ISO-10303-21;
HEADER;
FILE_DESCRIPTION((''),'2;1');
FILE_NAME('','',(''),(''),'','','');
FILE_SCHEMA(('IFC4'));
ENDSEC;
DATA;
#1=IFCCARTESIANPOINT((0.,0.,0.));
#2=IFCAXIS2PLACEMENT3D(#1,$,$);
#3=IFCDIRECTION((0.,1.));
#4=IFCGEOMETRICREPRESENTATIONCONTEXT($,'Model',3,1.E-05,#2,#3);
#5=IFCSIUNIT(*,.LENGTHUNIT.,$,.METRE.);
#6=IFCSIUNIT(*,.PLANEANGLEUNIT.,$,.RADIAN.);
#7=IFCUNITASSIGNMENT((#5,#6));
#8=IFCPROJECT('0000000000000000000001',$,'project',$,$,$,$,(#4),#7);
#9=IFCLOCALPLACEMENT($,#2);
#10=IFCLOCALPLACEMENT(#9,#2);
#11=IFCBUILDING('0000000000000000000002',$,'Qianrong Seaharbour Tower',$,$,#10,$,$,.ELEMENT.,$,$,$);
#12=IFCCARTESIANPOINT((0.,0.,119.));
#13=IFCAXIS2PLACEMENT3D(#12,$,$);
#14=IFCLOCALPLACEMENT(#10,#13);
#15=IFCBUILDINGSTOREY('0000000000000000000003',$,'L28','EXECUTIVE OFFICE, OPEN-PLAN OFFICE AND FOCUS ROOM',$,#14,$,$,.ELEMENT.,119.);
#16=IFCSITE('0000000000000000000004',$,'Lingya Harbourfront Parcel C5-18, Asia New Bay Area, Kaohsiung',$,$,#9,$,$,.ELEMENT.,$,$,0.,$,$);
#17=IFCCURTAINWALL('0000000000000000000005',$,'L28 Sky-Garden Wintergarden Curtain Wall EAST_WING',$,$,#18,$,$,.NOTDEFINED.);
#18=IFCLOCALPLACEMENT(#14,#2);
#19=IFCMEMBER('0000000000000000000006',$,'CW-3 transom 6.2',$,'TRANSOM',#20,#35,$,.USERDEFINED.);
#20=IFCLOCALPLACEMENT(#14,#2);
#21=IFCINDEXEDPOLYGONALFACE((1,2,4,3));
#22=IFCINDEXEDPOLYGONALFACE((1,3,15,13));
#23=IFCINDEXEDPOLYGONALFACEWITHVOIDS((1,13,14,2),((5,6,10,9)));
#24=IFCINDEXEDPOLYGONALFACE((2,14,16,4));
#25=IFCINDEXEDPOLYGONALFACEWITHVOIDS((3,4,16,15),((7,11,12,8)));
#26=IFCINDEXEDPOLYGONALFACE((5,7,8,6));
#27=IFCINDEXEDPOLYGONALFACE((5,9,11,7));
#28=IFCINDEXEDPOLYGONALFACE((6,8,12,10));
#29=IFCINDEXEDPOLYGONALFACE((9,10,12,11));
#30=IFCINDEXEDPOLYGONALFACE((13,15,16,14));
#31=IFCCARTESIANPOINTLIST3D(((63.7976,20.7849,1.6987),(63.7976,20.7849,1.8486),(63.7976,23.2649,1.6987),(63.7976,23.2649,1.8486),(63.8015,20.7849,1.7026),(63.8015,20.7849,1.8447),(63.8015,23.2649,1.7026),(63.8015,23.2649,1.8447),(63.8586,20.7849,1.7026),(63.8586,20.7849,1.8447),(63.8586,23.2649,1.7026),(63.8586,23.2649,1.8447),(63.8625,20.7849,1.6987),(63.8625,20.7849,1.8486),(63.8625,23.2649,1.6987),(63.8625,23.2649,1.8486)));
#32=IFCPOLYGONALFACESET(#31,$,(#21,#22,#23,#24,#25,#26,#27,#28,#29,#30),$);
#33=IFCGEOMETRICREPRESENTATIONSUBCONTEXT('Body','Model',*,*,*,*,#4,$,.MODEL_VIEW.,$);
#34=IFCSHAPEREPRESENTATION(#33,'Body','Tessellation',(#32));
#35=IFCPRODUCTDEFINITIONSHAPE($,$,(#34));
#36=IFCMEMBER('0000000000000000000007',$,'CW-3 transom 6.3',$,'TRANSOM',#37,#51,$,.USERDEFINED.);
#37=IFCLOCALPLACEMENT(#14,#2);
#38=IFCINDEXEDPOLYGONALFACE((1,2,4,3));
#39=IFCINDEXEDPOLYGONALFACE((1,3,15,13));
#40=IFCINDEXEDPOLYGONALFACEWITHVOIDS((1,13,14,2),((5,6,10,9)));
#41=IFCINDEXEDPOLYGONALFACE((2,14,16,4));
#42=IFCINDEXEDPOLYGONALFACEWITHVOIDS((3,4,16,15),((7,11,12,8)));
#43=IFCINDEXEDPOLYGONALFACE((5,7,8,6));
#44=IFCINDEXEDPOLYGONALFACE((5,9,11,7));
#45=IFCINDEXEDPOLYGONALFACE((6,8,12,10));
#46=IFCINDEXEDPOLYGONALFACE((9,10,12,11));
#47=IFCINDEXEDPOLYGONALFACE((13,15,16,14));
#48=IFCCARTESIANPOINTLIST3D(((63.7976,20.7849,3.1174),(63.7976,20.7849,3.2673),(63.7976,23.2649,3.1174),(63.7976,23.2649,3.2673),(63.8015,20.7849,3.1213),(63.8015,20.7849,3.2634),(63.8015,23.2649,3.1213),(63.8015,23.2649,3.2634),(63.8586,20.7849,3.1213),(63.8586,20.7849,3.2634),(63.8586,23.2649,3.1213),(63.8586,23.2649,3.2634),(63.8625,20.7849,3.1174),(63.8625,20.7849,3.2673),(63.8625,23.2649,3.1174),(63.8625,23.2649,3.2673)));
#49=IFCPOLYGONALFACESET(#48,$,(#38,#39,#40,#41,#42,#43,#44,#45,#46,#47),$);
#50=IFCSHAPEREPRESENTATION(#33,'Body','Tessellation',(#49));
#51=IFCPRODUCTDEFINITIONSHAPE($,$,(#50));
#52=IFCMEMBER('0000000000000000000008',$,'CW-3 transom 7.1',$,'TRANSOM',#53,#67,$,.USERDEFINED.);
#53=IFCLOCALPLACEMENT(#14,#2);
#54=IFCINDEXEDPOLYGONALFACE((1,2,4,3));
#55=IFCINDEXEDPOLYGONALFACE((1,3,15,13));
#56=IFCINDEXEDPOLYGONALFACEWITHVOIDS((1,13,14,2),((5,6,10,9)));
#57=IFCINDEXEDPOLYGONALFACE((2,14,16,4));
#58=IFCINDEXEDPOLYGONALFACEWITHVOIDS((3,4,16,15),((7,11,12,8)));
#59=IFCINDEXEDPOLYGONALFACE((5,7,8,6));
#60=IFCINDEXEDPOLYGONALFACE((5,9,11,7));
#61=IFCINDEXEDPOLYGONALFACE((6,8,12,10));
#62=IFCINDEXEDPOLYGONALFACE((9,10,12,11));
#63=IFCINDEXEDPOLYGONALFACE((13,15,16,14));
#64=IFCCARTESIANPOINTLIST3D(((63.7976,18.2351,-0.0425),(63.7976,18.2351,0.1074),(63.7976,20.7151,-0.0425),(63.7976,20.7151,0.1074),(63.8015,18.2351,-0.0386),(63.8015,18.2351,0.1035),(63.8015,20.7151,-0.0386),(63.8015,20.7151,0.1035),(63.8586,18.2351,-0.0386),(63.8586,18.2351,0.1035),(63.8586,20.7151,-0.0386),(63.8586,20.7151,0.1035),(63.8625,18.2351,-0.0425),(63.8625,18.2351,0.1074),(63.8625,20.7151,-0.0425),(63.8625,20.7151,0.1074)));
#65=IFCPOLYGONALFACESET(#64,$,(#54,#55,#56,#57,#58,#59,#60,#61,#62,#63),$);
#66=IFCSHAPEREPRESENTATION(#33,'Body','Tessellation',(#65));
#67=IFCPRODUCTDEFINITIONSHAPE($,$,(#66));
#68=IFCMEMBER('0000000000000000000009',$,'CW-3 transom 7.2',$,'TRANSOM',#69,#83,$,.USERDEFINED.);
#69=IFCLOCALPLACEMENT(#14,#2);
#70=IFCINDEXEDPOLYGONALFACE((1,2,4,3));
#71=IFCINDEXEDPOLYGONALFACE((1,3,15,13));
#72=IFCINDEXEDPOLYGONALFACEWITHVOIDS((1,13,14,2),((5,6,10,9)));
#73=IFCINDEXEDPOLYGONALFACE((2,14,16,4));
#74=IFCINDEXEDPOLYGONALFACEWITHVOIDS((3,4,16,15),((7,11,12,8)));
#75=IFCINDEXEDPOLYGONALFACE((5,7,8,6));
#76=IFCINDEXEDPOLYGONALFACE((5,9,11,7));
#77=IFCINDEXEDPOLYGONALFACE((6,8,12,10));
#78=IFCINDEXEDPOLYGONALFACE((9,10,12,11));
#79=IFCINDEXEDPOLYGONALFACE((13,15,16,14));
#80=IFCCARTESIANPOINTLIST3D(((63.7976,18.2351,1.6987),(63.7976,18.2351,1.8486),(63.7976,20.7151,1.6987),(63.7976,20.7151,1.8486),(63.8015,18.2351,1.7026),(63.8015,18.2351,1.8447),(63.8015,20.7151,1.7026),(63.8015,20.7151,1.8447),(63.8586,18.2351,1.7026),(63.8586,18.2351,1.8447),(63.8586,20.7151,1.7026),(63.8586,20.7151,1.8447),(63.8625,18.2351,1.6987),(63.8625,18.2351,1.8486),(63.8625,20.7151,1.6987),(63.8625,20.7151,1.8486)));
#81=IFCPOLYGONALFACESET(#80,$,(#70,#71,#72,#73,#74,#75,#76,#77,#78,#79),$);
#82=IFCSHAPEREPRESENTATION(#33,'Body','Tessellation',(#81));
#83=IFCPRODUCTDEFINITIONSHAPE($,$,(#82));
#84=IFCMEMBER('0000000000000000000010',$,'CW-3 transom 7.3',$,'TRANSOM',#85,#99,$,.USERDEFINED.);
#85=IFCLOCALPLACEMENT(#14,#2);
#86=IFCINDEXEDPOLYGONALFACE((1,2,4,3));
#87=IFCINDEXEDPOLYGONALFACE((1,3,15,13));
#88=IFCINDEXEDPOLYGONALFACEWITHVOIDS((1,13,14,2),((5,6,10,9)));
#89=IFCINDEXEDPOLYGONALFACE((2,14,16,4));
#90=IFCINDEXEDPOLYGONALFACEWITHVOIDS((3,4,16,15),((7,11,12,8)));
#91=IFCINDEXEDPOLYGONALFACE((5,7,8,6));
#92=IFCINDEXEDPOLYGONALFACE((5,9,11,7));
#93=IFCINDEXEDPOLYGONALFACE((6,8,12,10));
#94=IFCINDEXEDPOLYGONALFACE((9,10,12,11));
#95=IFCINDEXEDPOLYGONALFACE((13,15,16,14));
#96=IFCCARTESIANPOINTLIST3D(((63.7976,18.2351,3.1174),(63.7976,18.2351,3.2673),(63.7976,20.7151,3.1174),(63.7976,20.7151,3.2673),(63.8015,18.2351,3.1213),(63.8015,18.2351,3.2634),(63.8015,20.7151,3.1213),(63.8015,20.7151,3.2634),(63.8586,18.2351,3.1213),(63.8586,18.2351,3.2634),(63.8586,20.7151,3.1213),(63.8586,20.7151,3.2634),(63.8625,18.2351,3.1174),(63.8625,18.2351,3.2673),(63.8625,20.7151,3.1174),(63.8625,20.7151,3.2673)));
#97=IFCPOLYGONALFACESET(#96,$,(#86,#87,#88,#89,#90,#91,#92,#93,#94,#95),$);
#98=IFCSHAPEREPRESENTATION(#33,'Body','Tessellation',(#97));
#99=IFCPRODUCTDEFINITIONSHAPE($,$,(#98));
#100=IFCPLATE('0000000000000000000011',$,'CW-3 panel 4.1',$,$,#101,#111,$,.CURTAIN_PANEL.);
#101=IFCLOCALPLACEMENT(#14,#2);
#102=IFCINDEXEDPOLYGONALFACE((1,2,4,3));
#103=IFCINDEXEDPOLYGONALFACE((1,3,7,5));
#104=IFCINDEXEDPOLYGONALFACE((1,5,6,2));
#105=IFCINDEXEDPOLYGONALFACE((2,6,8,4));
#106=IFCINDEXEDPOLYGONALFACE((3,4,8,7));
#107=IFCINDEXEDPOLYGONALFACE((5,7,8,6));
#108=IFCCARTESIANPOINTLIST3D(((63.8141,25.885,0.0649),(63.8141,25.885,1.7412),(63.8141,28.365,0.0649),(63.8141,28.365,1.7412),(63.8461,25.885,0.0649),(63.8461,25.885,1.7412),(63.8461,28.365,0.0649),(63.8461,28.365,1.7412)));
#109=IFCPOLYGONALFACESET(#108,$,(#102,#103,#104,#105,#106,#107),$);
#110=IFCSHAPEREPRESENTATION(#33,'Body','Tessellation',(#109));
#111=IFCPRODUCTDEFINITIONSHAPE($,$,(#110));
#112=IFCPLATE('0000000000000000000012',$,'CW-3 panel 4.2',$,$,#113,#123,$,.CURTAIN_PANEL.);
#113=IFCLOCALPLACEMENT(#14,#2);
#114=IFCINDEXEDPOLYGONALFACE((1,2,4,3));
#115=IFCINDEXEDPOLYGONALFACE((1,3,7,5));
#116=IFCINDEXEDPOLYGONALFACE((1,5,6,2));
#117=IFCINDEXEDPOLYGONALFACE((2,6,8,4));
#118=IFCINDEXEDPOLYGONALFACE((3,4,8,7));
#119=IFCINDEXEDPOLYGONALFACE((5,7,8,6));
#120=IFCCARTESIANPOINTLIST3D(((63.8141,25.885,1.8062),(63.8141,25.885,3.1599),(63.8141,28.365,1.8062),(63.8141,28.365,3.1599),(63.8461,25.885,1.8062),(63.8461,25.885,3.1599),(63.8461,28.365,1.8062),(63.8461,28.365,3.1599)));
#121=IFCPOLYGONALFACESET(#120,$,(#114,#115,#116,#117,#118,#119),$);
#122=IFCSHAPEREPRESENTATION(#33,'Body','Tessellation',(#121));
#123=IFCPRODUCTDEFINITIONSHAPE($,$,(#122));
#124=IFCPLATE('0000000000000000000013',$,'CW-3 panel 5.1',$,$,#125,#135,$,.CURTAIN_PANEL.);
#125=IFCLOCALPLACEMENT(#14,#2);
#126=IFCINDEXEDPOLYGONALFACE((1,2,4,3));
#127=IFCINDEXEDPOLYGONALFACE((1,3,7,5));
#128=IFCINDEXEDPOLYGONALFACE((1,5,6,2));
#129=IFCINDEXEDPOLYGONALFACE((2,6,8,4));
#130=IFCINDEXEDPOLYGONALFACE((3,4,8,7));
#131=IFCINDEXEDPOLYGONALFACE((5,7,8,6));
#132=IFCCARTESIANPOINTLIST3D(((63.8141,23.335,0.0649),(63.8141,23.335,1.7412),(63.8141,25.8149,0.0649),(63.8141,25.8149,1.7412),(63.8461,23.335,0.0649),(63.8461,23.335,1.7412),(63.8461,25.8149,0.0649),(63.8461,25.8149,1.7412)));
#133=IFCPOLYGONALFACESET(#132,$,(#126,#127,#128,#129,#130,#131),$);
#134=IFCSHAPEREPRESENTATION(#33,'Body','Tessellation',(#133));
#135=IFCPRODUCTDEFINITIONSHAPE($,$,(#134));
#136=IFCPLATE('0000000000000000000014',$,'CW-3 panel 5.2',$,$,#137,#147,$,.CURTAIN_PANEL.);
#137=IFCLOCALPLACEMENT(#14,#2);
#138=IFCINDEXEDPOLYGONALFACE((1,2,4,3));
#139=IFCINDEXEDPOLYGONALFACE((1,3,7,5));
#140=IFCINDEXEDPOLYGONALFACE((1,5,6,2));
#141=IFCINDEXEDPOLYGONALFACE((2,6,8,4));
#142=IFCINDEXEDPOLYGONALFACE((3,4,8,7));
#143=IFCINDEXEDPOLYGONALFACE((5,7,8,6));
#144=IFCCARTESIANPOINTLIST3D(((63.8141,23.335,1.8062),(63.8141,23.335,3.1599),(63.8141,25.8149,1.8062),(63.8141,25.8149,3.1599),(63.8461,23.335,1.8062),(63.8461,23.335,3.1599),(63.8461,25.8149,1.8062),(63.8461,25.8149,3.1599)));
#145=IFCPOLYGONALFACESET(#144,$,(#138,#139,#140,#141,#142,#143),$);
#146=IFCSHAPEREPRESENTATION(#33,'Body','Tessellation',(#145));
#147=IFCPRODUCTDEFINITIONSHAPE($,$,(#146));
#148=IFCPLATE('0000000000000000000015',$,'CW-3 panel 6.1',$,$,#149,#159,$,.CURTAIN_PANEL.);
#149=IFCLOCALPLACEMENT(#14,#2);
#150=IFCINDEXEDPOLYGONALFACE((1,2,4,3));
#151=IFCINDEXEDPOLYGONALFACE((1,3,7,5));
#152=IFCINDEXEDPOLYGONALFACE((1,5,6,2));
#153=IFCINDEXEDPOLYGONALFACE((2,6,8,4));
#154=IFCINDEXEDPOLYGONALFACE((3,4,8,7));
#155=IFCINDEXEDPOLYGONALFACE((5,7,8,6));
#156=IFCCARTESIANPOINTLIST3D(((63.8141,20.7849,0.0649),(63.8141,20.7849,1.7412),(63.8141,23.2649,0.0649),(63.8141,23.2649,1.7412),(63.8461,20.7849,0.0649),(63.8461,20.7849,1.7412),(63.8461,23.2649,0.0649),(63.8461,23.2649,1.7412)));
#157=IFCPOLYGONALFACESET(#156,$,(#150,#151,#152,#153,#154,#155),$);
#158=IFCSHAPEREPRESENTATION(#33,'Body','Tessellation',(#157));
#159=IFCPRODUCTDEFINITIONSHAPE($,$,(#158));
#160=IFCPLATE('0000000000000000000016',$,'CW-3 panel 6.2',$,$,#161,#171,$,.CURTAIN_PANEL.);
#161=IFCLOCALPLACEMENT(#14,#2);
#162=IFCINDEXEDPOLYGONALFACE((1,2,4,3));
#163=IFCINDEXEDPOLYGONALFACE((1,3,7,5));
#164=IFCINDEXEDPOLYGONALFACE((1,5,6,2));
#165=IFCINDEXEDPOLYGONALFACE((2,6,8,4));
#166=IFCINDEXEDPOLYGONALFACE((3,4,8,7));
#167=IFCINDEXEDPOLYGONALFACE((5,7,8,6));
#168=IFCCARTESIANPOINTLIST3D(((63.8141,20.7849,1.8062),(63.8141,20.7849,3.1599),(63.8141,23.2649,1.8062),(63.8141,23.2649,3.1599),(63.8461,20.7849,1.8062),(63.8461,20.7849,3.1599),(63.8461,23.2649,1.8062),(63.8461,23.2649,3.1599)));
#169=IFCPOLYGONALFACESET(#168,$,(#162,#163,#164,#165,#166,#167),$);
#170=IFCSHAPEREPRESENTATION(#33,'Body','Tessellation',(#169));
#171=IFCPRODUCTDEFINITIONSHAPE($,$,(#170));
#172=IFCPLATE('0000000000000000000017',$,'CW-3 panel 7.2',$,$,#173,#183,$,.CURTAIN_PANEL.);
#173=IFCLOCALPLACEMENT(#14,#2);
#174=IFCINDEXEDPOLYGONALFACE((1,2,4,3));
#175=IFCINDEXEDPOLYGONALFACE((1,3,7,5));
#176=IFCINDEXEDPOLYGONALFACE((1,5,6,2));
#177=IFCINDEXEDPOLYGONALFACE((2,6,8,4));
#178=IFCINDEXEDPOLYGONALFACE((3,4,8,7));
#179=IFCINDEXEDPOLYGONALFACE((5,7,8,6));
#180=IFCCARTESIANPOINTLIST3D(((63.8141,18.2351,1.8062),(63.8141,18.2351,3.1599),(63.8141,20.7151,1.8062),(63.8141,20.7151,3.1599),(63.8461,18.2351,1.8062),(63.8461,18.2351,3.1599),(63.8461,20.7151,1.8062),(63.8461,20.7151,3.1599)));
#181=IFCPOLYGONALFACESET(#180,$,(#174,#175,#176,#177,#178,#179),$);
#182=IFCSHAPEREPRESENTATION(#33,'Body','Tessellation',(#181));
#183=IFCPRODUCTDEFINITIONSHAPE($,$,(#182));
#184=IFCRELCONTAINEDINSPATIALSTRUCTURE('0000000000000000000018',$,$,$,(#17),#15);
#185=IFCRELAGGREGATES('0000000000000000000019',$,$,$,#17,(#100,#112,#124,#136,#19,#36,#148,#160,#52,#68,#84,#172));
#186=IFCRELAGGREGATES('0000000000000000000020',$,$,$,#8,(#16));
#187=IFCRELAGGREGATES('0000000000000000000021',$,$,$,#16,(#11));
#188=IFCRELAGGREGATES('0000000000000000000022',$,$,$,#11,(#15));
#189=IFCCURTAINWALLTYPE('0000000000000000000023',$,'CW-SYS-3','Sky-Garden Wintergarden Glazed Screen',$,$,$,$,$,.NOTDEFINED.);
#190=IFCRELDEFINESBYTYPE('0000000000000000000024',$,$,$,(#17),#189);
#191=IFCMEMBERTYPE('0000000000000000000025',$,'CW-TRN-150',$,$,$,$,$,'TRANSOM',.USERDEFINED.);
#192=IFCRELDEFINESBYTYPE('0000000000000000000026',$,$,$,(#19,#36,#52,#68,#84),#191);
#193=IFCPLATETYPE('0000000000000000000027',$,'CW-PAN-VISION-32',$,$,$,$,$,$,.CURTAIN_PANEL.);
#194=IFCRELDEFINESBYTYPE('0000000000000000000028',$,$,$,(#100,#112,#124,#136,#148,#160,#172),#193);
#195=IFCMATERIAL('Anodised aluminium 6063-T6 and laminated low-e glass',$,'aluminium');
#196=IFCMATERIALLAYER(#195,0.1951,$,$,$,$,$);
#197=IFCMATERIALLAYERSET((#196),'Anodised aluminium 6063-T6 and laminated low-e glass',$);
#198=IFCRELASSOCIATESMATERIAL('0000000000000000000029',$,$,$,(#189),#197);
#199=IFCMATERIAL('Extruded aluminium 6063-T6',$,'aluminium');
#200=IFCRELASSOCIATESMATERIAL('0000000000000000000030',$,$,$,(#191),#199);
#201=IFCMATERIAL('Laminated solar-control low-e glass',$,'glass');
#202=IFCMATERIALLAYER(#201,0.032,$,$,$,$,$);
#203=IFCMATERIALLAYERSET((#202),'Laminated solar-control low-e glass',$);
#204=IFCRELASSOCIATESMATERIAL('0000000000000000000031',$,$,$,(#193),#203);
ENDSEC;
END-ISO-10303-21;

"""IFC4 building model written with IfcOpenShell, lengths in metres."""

from ifc_helpers import new_model, si_unit, direction, frame, origin, origin_2d, place, context, subcontext, project, spatial, rectangle, hollow_rectangle, extrude, material, layer, layer_set, material_profile, profile_set, type_object, element, aggregate, save


model = new_model("IFC4")

# Units and contexts
model_context = context("Model", 3, precision=1e-05, world=origin(), true_north=direction((0.0, 1.0)))
body_context = subcontext(model_context, "Body", "Model", "MODEL_VIEW")
ifc_project = project(units=[si_unit("LENGTHUNIT", "METRE"), si_unit("PLANEANGLEUNIT", "RADIAN")], contexts=[model_context])

# Site, building, storey
site_placement = place(None, origin())
site = spatial("IfcSite", under=ifc_project, at=site_placement, Name="Lingya Harbourfront Parcel C5-18, Asia New Bay Area, Kaohsiung", CompositionType="ELEMENT", RefElevation=0.0)
building_placement = place(site_placement, origin())
building = spatial("IfcBuilding", under=site, at=building_placement, Name="Qianrong Seaharbour Tower", CompositionType="ELEMENT")
storey_placement = place(building_placement, frame((0.0, 0.0, 119.0)))
storey = spatial("IfcBuildingStorey", under=building, at=storey_placement, Name="L28", Description="EXECUTIVE OFFICE, OPEN-PLAN OFFICE AND FOCUS ROOM", CompositionType="ELEMENT", Elevation=119.0)

# Curtain wall, members, plates
ifc_material_1 = material(Name="Anodised aluminium 6063-T6 and laminated low-e glass", Category="aluminium")
ifc_layer_1 = layer(ifc_material_1, 0.1951)
ifc_layer_set_1 = layer_set([ifc_layer_1], Name="Anodised aluminium 6063-T6 and laminated low-e glass")
curtain_wall_type = type_object("IfcCurtainWallType", Name="CW-SYS-3", Description="Sky-Garden Wintergarden Glazed Screen", PredefinedType="NOTDEFINED", material=ifc_layer_set_1)
curtain_wall_placement = place(storey_placement, origin())
curtain_wall = element("IfcCurtainWall", 1, at=curtain_wall_placement, inside=storey, type_object=curtain_wall_type, Name="L28 Sky-Garden Wintergarden Curtain Wall EAST_WING", PredefinedType="NOTDEFINED")
ifc_material_2 = material(Name="Extruded aluminium 6063-T6", Category="aluminium")
ifc_material_profile_1 = material_profile(ifc_material_2, hollow_rectangle(XDim=0.0649, YDim=0.1499, WallThickness=0.0039, at=origin_2d()), Name="ALU-TRN-150x65x4")
ifc_profile_set_1 = profile_set([ifc_material_profile_1], Name="Extruded aluminium 6063-T6")
member_type_1 = type_object("IfcMemberType", Name="CW-TRN-150", ElementType="TRANSOM", PredefinedType="USERDEFINED", material=ifc_profile_set_1)
member_1_placement = place(storey_placement, frame((63.8301, 23.2649, 1.7737), z_axis=(0.0, -1.0, 0.0), x_axis=(1.0, 0.0, 0.0)))
member_1 = element("IfcMember", 2, at=member_1_placement, type_object=member_type_1, Name="CW-3 transom 6.2", ObjectType="TRANSOM", PredefinedType="USERDEFINED", context=body_context, shape_type="SweptSolid", body=[
    extrude(hollow_rectangle(XDim=0.0649, YDim=0.1499, WallThickness=0.0039, at=origin_2d()), origin(), (0.0, 0.0, 1.0), 2.48),
])
member_2_placement = place(storey_placement, frame((63.8301, 23.2649, 3.1924), z_axis=(0.0, -1.0, 0.0), x_axis=(1.0, 0.0, 0.0)))
member_2 = element("IfcMember", 3, at=member_2_placement, type_object=member_type_1, Name="CW-3 transom 6.3", ObjectType="TRANSOM", PredefinedType="USERDEFINED", context=body_context, shape_type="SweptSolid", body=[
    extrude(hollow_rectangle(XDim=0.0649, YDim=0.1499, WallThickness=0.0039, at=origin_2d()), origin(), (0.0, 0.0, 1.0), 2.48),
])
member_3_placement = place(storey_placement, frame((63.8301, 20.7151, 0.0325), z_axis=(0.0, -1.0, 0.0), x_axis=(1.0, 0.0, 0.0)))
member_3 = element("IfcMember", 4, at=member_3_placement, type_object=member_type_1, Name="CW-3 transom 7.1", ObjectType="TRANSOM", PredefinedType="USERDEFINED", context=body_context, shape_type="SweptSolid", body=[
    extrude(hollow_rectangle(XDim=0.0649, YDim=0.1499, WallThickness=0.0039, at=origin_2d()), origin(), (0.0, 0.0, 1.0), 2.48),
])
member_4_placement = place(storey_placement, frame((63.8301, 20.7151, 1.7737), z_axis=(0.0, -1.0, 0.0), x_axis=(1.0, 0.0, 0.0)))
member_4 = element("IfcMember", 5, at=member_4_placement, type_object=member_type_1, Name="CW-3 transom 7.2", ObjectType="TRANSOM", PredefinedType="USERDEFINED", context=body_context, shape_type="SweptSolid", body=[
    extrude(hollow_rectangle(XDim=0.0649, YDim=0.1499, WallThickness=0.0039, at=origin_2d()), origin(), (0.0, 0.0, 1.0), 2.48),
])
member_5_placement = place(storey_placement, frame((63.8301, 20.7151, 3.1924), z_axis=(0.0, -1.0, 0.0), x_axis=(1.0, 0.0, 0.0)))
member_5 = element("IfcMember", 6, at=member_5_placement, type_object=member_type_1, Name="CW-3 transom 7.3", ObjectType="TRANSOM", PredefinedType="USERDEFINED", context=body_context, shape_type="SweptSolid", body=[
    extrude(hollow_rectangle(XDim=0.0649, YDim=0.1499, WallThickness=0.0039, at=origin_2d()), origin(), (0.0, 0.0, 1.0), 2.48),
])
ifc_material_3 = material(Name="Laminated solar-control low-e glass", Category="glass")
ifc_layer_2 = layer(ifc_material_3, 0.032)
ifc_layer_set_2 = layer_set([ifc_layer_2], Name="Laminated solar-control low-e glass")
plate_type = type_object("IfcPlateType", Name="CW-PAN-VISION-32", PredefinedType="CURTAIN_PANEL", material=ifc_layer_set_2)
plate_1_placement = place(storey_placement, frame((63.8301, 27.125, 0.0649), z_axis=(0.0, 0.0, 1.0), x_axis=(0.0, -1.0, 0.0)))
plate_1 = element("IfcPlate", 7, at=plate_1_placement, type_object=plate_type, Name="CW-3 panel 4.1", PredefinedType="CURTAIN_PANEL", context=body_context, shape_type="SweptSolid", body=[
    extrude(rectangle(XDim=2.48, YDim=0.032, at=origin_2d()), origin(), (0.0, 0.0, 1.0), 1.6763),
])
plate_2_placement = place(storey_placement, frame((63.8301, 27.125, 1.8062), z_axis=(0.0, 0.0, 1.0), x_axis=(0.0, -1.0, 0.0)))
plate_2 = element("IfcPlate", 8, at=plate_2_placement, type_object=plate_type, Name="CW-3 panel 4.2", PredefinedType="CURTAIN_PANEL", context=body_context, shape_type="SweptSolid", body=[
    extrude(rectangle(XDim=2.48, YDim=0.032, at=origin_2d()), origin(), (0.0, 0.0, 1.0), 1.3538),
])
plate_3_placement = place(storey_placement, frame((63.8301, 24.575, 0.0649), z_axis=(0.0, 0.0, 1.0), x_axis=(0.0, -1.0, 0.0)))
plate_3 = element("IfcPlate", 9, at=plate_3_placement, type_object=plate_type, Name="CW-3 panel 5.1", PredefinedType="CURTAIN_PANEL", context=body_context, shape_type="SweptSolid", body=[
    extrude(rectangle(XDim=2.48, YDim=0.032, at=origin_2d()), origin(), (0.0, 0.0, 1.0), 1.6763),
])
plate_4_placement = place(storey_placement, frame((63.8301, 24.575, 1.8062), z_axis=(0.0, 0.0, 1.0), x_axis=(0.0, -1.0, 0.0)))
plate_4 = element("IfcPlate", 10, at=plate_4_placement, type_object=plate_type, Name="CW-3 panel 5.2", PredefinedType="CURTAIN_PANEL", context=body_context, shape_type="SweptSolid", body=[
    extrude(rectangle(XDim=2.48, YDim=0.032, at=origin_2d()), origin(), (0.0, 0.0, 1.0), 1.3538),
])
plate_5_placement = place(storey_placement, frame((63.8301, 22.0249, 0.0649), z_axis=(0.0, 0.0, 1.0), x_axis=(0.0, -1.0, 0.0)))
plate_5 = element("IfcPlate", 11, at=plate_5_placement, type_object=plate_type, Name="CW-3 panel 6.1", PredefinedType="CURTAIN_PANEL", context=body_context, shape_type="SweptSolid", body=[
    extrude(rectangle(XDim=2.48, YDim=0.032, at=origin_2d()), origin(), (0.0, 0.0, 1.0), 1.6763),
])
plate_6_placement = place(storey_placement, frame((63.8301, 22.0249, 1.8062), z_axis=(0.0, 0.0, 1.0), x_axis=(0.0, -1.0, 0.0)))
plate_6 = element("IfcPlate", 12, at=plate_6_placement, type_object=plate_type, Name="CW-3 panel 6.2", PredefinedType="CURTAIN_PANEL", context=body_context, shape_type="SweptSolid", body=[
    extrude(rectangle(XDim=2.48, YDim=0.032, at=origin_2d()), origin(), (0.0, 0.0, 1.0), 1.3538),
])
plate_7_placement = place(storey_placement, frame((63.8301, 19.4751, 1.8062), z_axis=(0.0, 0.0, 1.0), x_axis=(0.0, -1.0, 0.0)))
plate_7 = element("IfcPlate", 13, at=plate_7_placement, type_object=plate_type, Name="CW-3 panel 7.2", PredefinedType="CURTAIN_PANEL", context=body_context, shape_type="SweptSolid", body=[
    extrude(rectangle(XDim=2.48, YDim=0.032, at=origin_2d()), origin(), (0.0, 0.0, 1.0), 1.3538),
])
aggregate(curtain_wall, [plate_1, plate_2, plate_3, plate_4, member_1, member_2, plate_5, plate_6, member_3, member_4, member_5, plate_7])

save(model, "model.ifc")
